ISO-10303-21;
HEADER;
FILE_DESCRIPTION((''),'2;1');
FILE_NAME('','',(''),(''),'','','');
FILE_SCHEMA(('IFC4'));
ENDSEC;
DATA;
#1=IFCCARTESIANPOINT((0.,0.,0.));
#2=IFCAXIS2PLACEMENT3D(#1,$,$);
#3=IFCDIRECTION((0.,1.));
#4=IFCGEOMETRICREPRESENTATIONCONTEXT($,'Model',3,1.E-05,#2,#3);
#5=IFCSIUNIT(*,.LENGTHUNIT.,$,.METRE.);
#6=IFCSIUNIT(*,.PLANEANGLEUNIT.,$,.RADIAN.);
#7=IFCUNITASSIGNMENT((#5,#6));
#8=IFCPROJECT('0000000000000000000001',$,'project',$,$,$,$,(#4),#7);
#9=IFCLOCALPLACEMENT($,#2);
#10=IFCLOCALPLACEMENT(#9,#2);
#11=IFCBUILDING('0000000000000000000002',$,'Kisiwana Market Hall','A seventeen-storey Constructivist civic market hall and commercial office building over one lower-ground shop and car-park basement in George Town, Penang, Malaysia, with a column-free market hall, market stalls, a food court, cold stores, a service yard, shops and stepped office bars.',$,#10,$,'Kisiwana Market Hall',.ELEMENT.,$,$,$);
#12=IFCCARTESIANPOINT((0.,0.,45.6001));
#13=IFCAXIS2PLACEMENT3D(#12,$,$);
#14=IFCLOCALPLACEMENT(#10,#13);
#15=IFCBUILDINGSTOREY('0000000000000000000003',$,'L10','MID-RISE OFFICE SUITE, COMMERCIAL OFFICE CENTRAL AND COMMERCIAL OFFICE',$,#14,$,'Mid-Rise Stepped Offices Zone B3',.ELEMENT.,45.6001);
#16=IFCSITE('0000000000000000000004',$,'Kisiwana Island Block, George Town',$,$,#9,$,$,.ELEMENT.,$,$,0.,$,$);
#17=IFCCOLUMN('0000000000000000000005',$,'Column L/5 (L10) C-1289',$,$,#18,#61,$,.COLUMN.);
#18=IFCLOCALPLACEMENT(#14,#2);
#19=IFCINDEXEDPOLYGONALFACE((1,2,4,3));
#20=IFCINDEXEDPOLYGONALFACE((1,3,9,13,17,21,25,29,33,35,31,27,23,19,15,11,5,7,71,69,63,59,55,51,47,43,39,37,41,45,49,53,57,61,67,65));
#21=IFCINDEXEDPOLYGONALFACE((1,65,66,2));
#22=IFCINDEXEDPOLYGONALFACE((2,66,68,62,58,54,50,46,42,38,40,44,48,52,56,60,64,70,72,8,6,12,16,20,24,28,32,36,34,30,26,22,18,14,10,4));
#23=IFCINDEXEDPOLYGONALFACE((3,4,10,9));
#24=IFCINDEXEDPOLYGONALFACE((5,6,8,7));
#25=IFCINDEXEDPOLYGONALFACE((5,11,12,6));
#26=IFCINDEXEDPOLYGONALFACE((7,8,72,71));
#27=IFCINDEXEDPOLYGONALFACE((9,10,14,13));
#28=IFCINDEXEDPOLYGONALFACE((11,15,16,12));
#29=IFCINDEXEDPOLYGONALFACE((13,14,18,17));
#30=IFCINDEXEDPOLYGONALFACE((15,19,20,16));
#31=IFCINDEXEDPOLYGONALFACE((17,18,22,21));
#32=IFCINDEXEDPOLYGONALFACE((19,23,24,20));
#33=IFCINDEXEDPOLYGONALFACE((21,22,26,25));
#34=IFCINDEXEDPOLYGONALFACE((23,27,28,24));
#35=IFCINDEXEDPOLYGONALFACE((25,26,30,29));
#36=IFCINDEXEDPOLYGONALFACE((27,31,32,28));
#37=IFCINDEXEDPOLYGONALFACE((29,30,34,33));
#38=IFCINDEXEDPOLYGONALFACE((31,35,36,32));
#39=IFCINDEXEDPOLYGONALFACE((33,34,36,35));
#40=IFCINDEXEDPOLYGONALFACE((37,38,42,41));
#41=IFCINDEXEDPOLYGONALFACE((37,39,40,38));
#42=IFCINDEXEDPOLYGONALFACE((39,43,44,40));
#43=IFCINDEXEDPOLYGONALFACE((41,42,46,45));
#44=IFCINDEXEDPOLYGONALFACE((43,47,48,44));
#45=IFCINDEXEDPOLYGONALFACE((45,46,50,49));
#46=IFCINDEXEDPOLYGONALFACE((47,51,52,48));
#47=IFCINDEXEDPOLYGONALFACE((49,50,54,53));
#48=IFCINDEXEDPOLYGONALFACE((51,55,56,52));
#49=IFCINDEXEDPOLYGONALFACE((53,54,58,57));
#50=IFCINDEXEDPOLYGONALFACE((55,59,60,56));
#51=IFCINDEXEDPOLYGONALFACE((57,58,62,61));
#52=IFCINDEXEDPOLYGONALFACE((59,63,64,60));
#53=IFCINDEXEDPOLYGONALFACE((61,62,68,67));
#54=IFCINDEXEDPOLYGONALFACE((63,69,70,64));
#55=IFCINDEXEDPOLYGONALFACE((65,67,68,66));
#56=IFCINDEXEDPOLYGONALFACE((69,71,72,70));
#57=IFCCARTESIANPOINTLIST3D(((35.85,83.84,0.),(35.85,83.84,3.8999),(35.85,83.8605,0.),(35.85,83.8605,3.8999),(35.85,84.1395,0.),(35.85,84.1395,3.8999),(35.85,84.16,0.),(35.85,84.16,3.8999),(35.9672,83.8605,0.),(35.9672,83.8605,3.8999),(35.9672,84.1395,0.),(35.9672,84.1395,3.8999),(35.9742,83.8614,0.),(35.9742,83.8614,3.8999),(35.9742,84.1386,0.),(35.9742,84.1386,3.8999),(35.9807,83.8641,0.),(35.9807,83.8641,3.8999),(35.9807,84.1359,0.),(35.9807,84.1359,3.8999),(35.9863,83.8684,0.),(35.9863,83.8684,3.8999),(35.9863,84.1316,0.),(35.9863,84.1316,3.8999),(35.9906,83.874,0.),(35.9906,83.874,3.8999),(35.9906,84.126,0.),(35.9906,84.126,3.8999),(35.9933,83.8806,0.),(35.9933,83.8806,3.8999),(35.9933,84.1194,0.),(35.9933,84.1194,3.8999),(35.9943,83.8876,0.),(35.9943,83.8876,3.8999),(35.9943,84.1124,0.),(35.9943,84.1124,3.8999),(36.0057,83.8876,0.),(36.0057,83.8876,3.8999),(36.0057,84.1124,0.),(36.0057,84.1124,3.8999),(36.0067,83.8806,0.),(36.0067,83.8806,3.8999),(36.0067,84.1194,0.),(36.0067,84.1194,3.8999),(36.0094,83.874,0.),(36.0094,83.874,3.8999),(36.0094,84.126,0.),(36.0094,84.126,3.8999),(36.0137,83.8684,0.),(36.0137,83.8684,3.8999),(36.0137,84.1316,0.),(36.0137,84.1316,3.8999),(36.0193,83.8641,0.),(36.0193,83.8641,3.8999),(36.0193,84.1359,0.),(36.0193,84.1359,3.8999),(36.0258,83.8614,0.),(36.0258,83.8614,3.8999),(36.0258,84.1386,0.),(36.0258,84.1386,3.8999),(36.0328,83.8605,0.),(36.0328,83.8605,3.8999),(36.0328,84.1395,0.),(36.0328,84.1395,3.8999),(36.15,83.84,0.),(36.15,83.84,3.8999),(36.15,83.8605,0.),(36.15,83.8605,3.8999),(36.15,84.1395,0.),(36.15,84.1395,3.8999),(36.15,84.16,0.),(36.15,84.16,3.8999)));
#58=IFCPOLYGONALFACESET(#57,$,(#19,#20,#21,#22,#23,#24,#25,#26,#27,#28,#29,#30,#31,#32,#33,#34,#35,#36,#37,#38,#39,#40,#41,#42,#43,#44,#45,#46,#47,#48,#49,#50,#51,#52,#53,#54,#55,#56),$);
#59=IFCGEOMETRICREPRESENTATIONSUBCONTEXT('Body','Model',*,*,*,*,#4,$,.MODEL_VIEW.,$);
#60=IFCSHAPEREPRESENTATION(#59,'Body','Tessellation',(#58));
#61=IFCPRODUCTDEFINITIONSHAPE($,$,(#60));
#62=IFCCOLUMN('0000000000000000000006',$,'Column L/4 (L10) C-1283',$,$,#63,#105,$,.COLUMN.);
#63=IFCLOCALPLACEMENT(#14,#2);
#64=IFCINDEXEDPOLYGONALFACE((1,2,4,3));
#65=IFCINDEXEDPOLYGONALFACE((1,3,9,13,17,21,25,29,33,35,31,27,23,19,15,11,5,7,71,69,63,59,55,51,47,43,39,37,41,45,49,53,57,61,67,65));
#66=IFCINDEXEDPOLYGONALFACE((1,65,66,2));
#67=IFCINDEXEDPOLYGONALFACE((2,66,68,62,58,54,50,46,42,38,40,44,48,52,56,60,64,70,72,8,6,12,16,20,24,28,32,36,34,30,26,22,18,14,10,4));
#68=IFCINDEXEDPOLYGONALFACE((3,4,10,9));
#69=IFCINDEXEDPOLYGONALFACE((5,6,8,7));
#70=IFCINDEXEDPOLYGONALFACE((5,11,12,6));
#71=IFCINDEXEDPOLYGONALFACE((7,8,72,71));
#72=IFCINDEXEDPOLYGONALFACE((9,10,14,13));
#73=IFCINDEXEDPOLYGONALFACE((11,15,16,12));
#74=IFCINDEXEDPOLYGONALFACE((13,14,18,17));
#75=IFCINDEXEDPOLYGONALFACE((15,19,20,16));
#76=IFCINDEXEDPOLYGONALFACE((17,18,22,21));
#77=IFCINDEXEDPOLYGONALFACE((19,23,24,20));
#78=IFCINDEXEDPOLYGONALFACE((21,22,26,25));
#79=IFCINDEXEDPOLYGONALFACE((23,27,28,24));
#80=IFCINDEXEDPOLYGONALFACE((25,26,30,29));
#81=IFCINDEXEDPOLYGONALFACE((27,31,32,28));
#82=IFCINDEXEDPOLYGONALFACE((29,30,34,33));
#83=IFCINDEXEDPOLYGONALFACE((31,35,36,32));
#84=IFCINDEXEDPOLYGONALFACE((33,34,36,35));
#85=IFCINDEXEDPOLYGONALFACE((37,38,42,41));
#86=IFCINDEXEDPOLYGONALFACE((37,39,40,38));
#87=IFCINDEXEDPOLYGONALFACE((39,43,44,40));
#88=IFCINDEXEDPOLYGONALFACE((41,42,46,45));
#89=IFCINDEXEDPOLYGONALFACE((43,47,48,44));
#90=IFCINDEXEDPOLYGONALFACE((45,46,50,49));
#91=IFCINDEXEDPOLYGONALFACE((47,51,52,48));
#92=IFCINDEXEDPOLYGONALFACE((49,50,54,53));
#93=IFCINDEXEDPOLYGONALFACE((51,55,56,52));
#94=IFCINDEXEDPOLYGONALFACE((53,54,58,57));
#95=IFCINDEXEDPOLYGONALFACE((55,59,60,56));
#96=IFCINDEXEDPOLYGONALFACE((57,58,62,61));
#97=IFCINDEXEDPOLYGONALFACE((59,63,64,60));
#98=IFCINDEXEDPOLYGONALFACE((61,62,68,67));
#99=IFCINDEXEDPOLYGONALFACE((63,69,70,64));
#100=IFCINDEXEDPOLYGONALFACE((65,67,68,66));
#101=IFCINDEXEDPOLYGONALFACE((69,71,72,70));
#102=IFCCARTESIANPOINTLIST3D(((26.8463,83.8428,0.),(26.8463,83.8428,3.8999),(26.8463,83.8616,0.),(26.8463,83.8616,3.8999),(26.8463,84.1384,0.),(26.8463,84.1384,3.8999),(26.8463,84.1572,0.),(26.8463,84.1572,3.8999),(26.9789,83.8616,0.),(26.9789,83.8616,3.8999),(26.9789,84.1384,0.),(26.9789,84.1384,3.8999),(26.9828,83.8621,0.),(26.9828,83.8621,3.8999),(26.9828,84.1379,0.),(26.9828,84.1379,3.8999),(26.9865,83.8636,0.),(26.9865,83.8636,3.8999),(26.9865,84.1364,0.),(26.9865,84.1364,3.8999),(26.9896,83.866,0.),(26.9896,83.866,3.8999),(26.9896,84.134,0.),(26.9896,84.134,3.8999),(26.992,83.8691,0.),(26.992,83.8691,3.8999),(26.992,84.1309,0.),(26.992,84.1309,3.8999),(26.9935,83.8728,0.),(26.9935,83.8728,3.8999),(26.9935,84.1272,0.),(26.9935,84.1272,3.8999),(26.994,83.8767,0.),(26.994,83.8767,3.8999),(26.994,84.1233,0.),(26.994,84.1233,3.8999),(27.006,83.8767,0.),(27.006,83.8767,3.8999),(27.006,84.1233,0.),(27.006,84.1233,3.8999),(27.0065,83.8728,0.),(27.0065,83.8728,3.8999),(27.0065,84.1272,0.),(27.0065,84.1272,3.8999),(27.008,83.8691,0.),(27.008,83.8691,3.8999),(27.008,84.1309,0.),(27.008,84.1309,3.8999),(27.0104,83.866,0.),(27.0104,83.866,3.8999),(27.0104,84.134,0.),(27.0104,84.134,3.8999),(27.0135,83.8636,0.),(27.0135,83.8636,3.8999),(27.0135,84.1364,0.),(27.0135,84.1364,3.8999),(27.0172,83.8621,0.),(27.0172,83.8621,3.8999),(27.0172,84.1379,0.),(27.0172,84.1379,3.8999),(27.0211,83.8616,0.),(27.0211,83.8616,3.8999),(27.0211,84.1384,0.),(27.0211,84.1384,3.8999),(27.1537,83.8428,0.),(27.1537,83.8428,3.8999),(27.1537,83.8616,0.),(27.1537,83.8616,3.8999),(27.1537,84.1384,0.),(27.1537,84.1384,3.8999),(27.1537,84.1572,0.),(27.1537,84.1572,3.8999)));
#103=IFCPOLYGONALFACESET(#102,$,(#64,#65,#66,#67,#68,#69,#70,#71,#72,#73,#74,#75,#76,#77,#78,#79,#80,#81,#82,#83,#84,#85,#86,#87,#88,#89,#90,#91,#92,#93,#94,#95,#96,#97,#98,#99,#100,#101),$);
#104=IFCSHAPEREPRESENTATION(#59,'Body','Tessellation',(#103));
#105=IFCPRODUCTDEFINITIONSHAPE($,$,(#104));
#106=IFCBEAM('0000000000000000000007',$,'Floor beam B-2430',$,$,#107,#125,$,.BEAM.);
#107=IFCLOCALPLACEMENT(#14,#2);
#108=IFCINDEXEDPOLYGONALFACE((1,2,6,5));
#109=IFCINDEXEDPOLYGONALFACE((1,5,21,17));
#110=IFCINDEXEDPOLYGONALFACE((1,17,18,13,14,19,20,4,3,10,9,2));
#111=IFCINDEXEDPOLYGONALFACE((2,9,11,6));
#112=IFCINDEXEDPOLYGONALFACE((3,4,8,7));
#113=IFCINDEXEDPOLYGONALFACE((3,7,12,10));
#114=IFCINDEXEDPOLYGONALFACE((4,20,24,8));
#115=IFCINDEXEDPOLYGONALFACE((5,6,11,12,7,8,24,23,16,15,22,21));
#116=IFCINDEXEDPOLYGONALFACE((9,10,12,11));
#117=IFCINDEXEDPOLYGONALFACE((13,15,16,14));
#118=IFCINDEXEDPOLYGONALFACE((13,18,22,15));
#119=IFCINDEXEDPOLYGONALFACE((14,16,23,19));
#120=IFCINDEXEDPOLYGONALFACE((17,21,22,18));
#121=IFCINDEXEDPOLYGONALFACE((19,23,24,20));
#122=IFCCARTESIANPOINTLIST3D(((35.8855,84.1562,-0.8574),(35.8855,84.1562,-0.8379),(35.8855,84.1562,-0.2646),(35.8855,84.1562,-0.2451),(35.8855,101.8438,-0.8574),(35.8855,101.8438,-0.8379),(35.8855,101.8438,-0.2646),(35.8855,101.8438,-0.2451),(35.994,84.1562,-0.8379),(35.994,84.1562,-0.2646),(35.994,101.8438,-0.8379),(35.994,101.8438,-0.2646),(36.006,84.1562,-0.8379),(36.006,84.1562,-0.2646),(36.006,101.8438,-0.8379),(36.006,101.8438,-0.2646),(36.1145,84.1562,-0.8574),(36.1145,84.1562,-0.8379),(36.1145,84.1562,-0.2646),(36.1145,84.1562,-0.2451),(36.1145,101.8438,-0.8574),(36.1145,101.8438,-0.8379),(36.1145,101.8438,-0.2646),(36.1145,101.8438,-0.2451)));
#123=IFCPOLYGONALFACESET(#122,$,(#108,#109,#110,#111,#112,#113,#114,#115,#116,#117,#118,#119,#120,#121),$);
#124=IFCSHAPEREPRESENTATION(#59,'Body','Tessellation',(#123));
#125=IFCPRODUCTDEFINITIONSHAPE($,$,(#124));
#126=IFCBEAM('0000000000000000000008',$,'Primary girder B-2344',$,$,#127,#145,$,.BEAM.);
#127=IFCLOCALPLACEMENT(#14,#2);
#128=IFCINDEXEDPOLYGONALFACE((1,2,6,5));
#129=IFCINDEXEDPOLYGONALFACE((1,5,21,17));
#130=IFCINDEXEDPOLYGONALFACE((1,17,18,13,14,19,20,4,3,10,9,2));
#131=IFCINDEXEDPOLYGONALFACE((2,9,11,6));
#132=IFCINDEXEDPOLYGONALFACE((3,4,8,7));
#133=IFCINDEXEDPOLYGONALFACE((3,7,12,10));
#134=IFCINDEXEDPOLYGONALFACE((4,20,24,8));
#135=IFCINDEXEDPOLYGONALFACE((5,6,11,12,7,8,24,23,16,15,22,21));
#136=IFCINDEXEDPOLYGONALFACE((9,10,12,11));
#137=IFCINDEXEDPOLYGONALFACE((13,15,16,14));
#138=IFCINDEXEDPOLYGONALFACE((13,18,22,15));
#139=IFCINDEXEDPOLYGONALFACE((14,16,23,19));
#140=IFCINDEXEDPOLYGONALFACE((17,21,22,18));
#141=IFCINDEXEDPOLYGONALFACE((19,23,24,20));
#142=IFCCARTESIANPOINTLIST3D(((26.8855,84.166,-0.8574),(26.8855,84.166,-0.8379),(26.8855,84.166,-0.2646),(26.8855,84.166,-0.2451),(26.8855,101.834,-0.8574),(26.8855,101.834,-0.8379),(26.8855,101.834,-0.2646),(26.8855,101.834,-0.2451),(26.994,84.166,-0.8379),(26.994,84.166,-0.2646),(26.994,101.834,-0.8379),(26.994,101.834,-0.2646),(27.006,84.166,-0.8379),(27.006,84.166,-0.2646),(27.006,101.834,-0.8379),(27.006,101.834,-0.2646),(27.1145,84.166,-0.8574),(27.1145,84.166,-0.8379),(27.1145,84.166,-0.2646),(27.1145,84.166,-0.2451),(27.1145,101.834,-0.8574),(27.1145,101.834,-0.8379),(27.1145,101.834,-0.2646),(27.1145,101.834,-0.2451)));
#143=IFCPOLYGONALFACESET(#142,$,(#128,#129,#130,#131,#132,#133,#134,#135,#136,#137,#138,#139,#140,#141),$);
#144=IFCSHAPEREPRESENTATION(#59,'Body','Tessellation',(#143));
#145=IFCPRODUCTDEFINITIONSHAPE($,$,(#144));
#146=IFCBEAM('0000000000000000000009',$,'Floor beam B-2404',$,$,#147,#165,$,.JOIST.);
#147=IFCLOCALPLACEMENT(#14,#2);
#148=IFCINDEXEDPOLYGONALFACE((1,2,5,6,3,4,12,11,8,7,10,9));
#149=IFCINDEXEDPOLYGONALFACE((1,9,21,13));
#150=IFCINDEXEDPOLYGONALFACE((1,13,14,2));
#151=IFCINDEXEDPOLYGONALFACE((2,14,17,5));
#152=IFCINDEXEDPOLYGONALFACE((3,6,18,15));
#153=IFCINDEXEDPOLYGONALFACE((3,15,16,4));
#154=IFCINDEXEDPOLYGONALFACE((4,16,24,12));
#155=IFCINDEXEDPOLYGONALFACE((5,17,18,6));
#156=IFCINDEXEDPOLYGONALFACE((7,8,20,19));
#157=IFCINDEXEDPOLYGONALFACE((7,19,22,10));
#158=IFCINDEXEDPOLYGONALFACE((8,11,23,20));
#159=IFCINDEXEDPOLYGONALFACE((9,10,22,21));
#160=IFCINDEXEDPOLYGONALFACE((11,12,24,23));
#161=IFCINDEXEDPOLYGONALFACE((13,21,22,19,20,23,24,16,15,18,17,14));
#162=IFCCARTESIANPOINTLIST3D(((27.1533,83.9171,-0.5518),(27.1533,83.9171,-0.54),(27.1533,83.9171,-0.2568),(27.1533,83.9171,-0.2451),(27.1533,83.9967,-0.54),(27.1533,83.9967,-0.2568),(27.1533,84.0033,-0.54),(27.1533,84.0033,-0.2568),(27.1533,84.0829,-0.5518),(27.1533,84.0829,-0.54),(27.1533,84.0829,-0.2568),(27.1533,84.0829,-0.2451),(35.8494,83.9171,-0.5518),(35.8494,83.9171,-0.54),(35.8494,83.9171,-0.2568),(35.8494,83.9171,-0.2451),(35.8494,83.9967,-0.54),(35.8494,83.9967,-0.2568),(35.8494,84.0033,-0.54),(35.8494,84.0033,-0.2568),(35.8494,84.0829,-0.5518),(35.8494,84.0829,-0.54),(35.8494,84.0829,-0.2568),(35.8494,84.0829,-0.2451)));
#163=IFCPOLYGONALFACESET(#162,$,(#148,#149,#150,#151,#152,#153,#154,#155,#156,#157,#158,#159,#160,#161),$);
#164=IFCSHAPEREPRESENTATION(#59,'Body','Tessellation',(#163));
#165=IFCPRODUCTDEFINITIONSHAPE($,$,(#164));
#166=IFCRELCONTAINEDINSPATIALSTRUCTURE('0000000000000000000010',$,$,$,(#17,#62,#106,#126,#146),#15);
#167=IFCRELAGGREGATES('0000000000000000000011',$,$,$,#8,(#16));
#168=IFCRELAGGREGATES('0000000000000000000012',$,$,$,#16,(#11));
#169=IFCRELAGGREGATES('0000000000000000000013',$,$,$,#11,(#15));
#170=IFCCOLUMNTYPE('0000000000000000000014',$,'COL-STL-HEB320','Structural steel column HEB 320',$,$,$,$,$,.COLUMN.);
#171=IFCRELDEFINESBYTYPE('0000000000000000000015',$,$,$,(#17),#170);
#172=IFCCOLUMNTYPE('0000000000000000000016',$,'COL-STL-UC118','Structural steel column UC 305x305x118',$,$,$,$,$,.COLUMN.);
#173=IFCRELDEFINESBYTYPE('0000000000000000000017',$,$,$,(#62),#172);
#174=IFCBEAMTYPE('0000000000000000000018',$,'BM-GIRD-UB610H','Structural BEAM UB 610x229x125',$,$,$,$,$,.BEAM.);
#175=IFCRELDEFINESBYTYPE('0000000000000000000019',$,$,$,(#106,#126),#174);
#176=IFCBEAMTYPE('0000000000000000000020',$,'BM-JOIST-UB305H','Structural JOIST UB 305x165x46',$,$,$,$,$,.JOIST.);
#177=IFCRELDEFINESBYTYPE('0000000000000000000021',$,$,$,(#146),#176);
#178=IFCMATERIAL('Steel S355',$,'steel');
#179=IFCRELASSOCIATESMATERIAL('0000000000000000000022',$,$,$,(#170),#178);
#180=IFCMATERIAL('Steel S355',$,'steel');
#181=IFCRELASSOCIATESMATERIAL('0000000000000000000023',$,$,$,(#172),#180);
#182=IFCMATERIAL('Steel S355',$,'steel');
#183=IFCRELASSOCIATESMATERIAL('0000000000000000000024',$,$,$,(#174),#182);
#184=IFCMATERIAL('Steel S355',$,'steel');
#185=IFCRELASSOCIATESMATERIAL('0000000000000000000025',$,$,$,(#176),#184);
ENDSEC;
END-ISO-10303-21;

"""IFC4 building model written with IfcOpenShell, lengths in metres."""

from ifc_helpers import new_model, si_unit, direction, frame, origin, origin_2d, place, context, subcontext, project, spatial, i_section, extrude, material, material_profile, profile_set, type_object, element, save


model = new_model("IFC4")

# Units and contexts
model_context = context("Model", 3, precision=1e-05, world=origin(), true_north=direction((0.0, 1.0)))
body_context = subcontext(model_context, "Body", "Model", "MODEL_VIEW")
ifc_project = project(units=[si_unit("LENGTHUNIT", "METRE"), si_unit("PLANEANGLEUNIT", "RADIAN")], contexts=[model_context])

# Site, building, storey
site_placement = place(None, origin())
site = spatial("IfcSite", under=ifc_project, at=site_placement, Name="Kisiwana Island Block, George Town", CompositionType="ELEMENT", RefElevation=0.0)
building_placement = place(site_placement, origin())
building = spatial("IfcBuilding", under=site, at=building_placement, Name="Kisiwana Market Hall", Description="A seventeen-storey Constructivist civic market hall and commercial office building over one lower-ground shop and car-park basement in George Town, Penang, Malaysia, with a column-free market hall, market stalls, a food court, cold stores, a service yard, shops and stepped office bars.", LongName="Kisiwana Market Hall", CompositionType="ELEMENT")
storey_placement = place(building_placement, frame((0.0, 0.0, 45.6001)))
storey = spatial("IfcBuildingStorey", under=building, at=storey_placement, Name="L10", Description="MID-RISE OFFICE SUITE, COMMERCIAL OFFICE CENTRAL AND COMMERCIAL OFFICE", LongName="Mid-Rise Stepped Offices Zone B3", CompositionType="ELEMENT", Elevation=45.6001)

# Columns
ifc_material_1 = material(Name="Steel S355", Category="steel")
ifc_material_profile_1 = material_profile(ifc_material_1, i_section(OverallWidth=0.3, OverallDepth=0.3201, WebThickness=0.0115, FlangeThickness=0.0205, FilletRadius=0.0271, at=origin_2d()), Name="HEB 320")
ifc_profile_set_1 = profile_set([ifc_material_profile_1], Name="Steel S355")
column_type_1 = type_object("IfcColumnType", Name="COL-STL-HEB320", Description="Structural steel column HEB 320", PredefinedType="COLUMN", material=ifc_profile_set_1)
column_1_placement = place(storey_placement, frame((36.0, 84.0, 0.0), z_axis=(0.0, 0.0, 1.0), x_axis=(1.0, 0.0, 0.0)))
element("IfcColumn", 1, at=column_1_placement, inside=storey, type_object=column_type_1, Name="Column L/5 (L10) C-1289", PredefinedType="COLUMN", context=body_context, shape_type="SweptSolid", body=[
    extrude(i_section(OverallWidth=0.3, OverallDepth=0.3201, WebThickness=0.0115, FlangeThickness=0.0205, FilletRadius=0.0271, at=origin_2d()), origin(), (0.0, 0.0, 1.0), 3.8999),
])
ifc_material_2 = material(Name="Steel S355", Category="steel")
ifc_material_profile_2 = material_profile(ifc_material_2, i_section(OverallWidth=0.3074, OverallDepth=0.3145, WebThickness=0.012, FlangeThickness=0.0188, FilletRadius=0.0151, at=origin_2d()), Name="UC 305x305x118")
ifc_profile_set_2 = profile_set([ifc_material_profile_2], Name="Steel S355")
column_type_2 = type_object("IfcColumnType", Name="COL-STL-UC118", Description="Structural steel column UC 305x305x118", PredefinedType="COLUMN", material=ifc_profile_set_2)
column_2_placement = place(storey_placement, frame((27.0, 84.0, 0.0), z_axis=(0.0, 0.0, 1.0), x_axis=(1.0, 0.0, 0.0)))
element("IfcColumn", 2, at=column_2_placement, inside=storey, type_object=column_type_2, Name="Column L/4 (L10) C-1283", PredefinedType="COLUMN", context=body_context, shape_type="SweptSolid", body=[
    extrude(i_section(OverallWidth=0.3074, OverallDepth=0.3145, WebThickness=0.012, FlangeThickness=0.0188, FilletRadius=0.0151, at=origin_2d()), origin(), (0.0, 0.0, 1.0), 3.8999),
])

# Beams
ifc_material_3 = material(Name="Steel S355", Category="steel")
ifc_material_profile_3 = material_profile(ifc_material_3, i_section(OverallWidth=0.229, OverallDepth=0.6123, WebThickness=0.012, FlangeThickness=0.0195, at=origin_2d()), Name="UB 610x229x125")
ifc_profile_set_3 = profile_set([ifc_material_profile_3], Name="Steel S355")
beam_type_1 = type_object("IfcBeamType", Name="BM-GIRD-UB610H", Description="Structural BEAM UB 610x229x125", PredefinedType="BEAM", material=ifc_profile_set_3)
beam_1_placement = place(storey_placement, frame((36.0, 84.1562, -0.5513), z_axis=(0.0, 1.0, 0.0), x_axis=(-1.0, 0.0, 0.0)))
element("IfcBeam", 3, at=beam_1_placement, inside=storey, type_object=beam_type_1, Name="Floor beam B-2430", PredefinedType="BEAM", context=body_context, shape_type="SweptSolid", body=[
    extrude(i_section(OverallWidth=0.229, OverallDepth=0.6123, WebThickness=0.012, FlangeThickness=0.0195, at=origin_2d()), origin(), (0.0, 0.0, 1.0), 17.6875),
])
beam_2_placement = place(storey_placement, frame((27.0, 84.166, -0.5513), z_axis=(0.0, 1.0, 0.0), x_axis=(-1.0, 0.0, 0.0)))
element("IfcBeam", 4, at=beam_2_placement, inside=storey, type_object=beam_type_1, Name="Primary girder B-2344", PredefinedType="BEAM", context=body_context, shape_type="SweptSolid", body=[
    extrude(i_section(OverallWidth=0.229, OverallDepth=0.6123, WebThickness=0.012, FlangeThickness=0.0195, at=origin_2d()), origin(), (0.0, 0.0, 1.0), 17.668),
])
ifc_material_4 = material(Name="Steel S355", Category="steel")
ifc_material_profile_4 = material_profile(ifc_material_4, i_section(OverallWidth=0.1658, OverallDepth=0.3066, WebThickness=0.0066, FlangeThickness=0.0117, at=origin_2d()), Name="UB 305x165x46")
ifc_profile_set_4 = profile_set([ifc_material_profile_4], Name="Steel S355")
beam_type_2 = type_object("IfcBeamType", Name="BM-JOIST-UB305H", Description="Structural JOIST UB 305x165x46", PredefinedType="JOIST", material=ifc_profile_set_4)
beam_3_placement = place(storey_placement, frame((27.1533, 84.0, -0.3984), z_axis=(1.0, 0.0, 0.0), x_axis=(0.0, 1.0, 0.0)))
element("IfcBeam", 5, at=beam_3_placement, inside=storey, type_object=beam_type_2, Name="Floor beam B-2404", PredefinedType="JOIST", context=body_context, shape_type="SweptSolid", body=[
    extrude(i_section(OverallWidth=0.1658, OverallDepth=0.3066, WebThickness=0.0066, FlangeThickness=0.0117, at=origin_2d()), origin(), (0.0, 0.0, 1.0), 8.696),
])

save(model, "model.ifc")
